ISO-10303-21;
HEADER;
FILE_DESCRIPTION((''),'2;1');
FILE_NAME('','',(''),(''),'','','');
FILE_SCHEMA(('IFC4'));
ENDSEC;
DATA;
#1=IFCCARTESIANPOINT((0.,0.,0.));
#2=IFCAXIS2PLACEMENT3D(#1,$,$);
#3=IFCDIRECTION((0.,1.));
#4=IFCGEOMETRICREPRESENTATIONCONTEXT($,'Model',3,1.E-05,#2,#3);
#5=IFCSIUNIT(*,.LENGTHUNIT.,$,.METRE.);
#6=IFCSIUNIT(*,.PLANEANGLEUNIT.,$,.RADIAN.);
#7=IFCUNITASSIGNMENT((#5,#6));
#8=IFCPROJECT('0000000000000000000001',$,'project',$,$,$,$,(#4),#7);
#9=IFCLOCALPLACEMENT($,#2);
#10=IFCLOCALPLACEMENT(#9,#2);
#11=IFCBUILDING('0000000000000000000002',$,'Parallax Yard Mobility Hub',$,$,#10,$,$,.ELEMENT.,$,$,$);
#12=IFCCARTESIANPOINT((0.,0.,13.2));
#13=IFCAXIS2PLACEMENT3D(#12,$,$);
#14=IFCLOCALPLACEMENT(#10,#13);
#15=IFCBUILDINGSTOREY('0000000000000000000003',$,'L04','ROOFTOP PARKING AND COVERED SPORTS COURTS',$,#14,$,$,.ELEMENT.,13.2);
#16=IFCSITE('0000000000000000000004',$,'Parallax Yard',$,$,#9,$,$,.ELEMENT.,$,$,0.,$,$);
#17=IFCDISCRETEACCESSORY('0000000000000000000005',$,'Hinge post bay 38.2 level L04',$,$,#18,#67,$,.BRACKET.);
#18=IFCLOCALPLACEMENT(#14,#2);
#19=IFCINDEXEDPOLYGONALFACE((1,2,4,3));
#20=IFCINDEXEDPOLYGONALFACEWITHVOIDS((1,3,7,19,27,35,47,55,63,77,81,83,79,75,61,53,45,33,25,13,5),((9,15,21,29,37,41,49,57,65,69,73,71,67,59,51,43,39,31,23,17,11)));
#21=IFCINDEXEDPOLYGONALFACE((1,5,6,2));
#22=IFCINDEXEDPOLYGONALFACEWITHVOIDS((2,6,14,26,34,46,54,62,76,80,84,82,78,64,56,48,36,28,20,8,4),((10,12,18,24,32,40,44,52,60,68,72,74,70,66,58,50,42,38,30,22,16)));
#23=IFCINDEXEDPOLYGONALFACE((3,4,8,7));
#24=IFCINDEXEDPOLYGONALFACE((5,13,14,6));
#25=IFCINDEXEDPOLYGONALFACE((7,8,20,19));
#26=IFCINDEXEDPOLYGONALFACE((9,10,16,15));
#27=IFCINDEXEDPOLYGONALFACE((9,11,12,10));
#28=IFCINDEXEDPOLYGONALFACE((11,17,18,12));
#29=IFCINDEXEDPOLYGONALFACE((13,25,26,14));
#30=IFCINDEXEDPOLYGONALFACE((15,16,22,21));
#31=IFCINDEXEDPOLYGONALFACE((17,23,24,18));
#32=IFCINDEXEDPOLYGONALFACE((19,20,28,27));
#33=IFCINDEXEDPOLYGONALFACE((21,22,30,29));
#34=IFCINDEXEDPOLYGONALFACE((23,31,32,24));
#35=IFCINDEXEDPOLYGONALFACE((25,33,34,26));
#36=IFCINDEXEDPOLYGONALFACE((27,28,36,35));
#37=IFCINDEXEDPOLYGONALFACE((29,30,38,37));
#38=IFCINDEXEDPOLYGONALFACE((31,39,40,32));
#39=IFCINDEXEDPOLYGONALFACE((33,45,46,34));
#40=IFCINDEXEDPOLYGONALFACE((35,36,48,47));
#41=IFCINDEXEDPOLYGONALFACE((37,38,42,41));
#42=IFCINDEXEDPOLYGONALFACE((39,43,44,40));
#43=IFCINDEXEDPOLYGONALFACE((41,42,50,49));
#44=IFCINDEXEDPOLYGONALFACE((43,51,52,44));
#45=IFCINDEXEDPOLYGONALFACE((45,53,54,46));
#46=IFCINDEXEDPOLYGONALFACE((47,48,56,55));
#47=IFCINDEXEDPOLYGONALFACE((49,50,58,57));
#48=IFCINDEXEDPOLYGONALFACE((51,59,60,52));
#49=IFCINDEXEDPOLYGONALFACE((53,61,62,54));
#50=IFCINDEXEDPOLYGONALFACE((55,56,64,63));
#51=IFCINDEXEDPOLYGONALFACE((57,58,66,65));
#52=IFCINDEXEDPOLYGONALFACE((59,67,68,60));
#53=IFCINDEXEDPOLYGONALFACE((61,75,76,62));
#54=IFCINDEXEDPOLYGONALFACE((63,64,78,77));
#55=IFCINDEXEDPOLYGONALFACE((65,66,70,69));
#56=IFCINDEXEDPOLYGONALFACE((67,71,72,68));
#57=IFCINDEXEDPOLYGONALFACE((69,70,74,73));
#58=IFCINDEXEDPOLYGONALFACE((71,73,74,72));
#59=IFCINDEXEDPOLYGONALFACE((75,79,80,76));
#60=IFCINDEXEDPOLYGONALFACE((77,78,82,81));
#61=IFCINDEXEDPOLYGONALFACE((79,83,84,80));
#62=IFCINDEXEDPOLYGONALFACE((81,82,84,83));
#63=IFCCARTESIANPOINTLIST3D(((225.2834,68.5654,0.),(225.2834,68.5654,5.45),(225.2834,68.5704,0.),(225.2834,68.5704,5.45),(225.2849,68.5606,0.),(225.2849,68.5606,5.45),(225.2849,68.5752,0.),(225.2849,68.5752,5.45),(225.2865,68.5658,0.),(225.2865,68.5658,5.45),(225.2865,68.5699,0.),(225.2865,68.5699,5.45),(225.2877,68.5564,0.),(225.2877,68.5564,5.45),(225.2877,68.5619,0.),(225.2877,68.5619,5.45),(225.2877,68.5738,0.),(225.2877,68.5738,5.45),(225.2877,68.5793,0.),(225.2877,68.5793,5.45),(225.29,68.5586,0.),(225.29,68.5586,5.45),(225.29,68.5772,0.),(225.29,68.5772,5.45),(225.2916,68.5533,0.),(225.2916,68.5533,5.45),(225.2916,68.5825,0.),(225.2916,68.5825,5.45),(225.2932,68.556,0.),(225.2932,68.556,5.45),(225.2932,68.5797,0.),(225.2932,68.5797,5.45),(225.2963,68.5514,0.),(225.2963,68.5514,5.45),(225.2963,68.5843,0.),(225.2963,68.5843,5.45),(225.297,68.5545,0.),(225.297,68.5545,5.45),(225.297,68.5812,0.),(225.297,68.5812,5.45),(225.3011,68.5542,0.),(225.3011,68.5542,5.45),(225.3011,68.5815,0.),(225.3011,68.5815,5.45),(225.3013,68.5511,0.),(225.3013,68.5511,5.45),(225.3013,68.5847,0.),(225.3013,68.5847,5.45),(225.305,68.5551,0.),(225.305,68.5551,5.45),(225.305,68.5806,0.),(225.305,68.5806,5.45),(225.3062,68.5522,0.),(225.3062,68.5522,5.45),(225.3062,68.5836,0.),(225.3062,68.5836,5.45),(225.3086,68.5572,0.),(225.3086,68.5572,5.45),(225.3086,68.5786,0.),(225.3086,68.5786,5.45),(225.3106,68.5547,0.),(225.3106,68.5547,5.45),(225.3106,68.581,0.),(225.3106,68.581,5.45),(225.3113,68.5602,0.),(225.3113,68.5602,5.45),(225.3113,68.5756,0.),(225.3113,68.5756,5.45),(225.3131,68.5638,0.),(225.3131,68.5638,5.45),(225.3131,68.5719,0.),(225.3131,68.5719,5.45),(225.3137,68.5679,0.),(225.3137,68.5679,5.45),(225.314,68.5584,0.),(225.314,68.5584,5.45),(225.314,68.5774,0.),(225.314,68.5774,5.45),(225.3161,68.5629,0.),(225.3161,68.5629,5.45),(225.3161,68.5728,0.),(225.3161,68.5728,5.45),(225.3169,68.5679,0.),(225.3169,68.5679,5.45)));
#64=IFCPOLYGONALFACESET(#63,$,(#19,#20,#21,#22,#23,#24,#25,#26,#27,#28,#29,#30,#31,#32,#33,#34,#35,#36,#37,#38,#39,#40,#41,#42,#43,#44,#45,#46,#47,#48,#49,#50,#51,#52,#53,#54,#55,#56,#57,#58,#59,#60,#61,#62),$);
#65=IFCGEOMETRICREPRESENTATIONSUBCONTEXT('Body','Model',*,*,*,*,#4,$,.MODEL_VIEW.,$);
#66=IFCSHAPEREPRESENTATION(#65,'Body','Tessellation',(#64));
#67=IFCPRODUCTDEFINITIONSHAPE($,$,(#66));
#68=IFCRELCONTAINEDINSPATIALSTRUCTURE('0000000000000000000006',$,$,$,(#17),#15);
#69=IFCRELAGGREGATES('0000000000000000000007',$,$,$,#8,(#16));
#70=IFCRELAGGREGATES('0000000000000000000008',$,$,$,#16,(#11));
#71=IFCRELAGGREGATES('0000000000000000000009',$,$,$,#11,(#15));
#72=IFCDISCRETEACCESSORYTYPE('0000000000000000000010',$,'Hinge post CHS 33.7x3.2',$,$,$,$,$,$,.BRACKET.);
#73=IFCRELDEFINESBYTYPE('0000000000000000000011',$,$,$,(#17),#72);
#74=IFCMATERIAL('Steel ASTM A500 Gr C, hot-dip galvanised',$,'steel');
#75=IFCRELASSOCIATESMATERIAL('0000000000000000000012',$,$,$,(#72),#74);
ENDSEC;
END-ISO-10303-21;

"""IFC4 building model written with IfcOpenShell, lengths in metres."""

from ifc_helpers import new_model, si_unit, direction, frame, origin, origin_2d, place, context, subcontext, project, spatial, hollow_circle, extrude, material, material_profile, profile_set, type_object, element, save


model = new_model("IFC4")

# Units and contexts
model_context = context("Model", 3, precision=1e-05, world=origin(), true_north=direction((0.0, 1.0)))
body_context = subcontext(model_context, "Body", "Model", "MODEL_VIEW")
ifc_project = project(units=[si_unit("LENGTHUNIT", "METRE"), si_unit("PLANEANGLEUNIT", "RADIAN")], contexts=[model_context])

# Site, building, storey
site_placement = place(None, origin())
site = spatial("IfcSite", under=ifc_project, at=site_placement, Name="Parallax Yard", CompositionType="ELEMENT", RefElevation=0.0)
building_placement = place(site_placement, origin())
building = spatial("IfcBuilding", under=site, at=building_placement, Name="Parallax Yard Mobility Hub", CompositionType="ELEMENT")
storey_placement = place(building_placement, frame((0.0, 0.0, 13.2)))
storey = spatial("IfcBuildingStorey", under=building, at=storey_placement, Name="L04", Description="ROOFTOP PARKING AND COVERED SPORTS COURTS", CompositionType="ELEMENT", Elevation=13.2)

# Discrete accessory
ifc_material_1 = material(Name="Steel ASTM A500 Gr C, hot-dip galvanised", Category="steel")
ifc_material_profile = material_profile(ifc_material_1, hollow_circle(Radius=0.0168, WallThickness=0.0032, at=origin_2d()), Name="CHS 33.7x3.2")
ifc_profile_set = profile_set([ifc_material_profile], Name="Steel ASTM A500 Gr C, hot-dip galvanised")
discrete_accessory_type_1 = type_object("IfcDiscreteAccessoryType", Name="Hinge post CHS 33.7x3.2", PredefinedType="BRACKET", material=ifc_profile_set)
for number, where, z_axis, x_axis, name in (
    (1, (225.3, 68.5679, 0.0), (0.0, 0.0, 1.0), (1.0, 0.0, 0.0), "Hinge post bay 38.2 level L04"),
):
    element("IfcDiscreteAccessory", number, at=place(storey_placement, frame(where, z_axis=z_axis, x_axis=x_axis)), inside=storey, type_object=discrete_accessory_type_1, Name=name, PredefinedType="BRACKET", context=body_context, shape_type="SweptSolid", body=[
        extrude(hollow_circle(Radius=0.0168, WallThickness=0.0032, at=origin_2d()), origin(), (0.0, 0.0, 1.0), 5.45),
    ])

save(model, "model.ifc")
